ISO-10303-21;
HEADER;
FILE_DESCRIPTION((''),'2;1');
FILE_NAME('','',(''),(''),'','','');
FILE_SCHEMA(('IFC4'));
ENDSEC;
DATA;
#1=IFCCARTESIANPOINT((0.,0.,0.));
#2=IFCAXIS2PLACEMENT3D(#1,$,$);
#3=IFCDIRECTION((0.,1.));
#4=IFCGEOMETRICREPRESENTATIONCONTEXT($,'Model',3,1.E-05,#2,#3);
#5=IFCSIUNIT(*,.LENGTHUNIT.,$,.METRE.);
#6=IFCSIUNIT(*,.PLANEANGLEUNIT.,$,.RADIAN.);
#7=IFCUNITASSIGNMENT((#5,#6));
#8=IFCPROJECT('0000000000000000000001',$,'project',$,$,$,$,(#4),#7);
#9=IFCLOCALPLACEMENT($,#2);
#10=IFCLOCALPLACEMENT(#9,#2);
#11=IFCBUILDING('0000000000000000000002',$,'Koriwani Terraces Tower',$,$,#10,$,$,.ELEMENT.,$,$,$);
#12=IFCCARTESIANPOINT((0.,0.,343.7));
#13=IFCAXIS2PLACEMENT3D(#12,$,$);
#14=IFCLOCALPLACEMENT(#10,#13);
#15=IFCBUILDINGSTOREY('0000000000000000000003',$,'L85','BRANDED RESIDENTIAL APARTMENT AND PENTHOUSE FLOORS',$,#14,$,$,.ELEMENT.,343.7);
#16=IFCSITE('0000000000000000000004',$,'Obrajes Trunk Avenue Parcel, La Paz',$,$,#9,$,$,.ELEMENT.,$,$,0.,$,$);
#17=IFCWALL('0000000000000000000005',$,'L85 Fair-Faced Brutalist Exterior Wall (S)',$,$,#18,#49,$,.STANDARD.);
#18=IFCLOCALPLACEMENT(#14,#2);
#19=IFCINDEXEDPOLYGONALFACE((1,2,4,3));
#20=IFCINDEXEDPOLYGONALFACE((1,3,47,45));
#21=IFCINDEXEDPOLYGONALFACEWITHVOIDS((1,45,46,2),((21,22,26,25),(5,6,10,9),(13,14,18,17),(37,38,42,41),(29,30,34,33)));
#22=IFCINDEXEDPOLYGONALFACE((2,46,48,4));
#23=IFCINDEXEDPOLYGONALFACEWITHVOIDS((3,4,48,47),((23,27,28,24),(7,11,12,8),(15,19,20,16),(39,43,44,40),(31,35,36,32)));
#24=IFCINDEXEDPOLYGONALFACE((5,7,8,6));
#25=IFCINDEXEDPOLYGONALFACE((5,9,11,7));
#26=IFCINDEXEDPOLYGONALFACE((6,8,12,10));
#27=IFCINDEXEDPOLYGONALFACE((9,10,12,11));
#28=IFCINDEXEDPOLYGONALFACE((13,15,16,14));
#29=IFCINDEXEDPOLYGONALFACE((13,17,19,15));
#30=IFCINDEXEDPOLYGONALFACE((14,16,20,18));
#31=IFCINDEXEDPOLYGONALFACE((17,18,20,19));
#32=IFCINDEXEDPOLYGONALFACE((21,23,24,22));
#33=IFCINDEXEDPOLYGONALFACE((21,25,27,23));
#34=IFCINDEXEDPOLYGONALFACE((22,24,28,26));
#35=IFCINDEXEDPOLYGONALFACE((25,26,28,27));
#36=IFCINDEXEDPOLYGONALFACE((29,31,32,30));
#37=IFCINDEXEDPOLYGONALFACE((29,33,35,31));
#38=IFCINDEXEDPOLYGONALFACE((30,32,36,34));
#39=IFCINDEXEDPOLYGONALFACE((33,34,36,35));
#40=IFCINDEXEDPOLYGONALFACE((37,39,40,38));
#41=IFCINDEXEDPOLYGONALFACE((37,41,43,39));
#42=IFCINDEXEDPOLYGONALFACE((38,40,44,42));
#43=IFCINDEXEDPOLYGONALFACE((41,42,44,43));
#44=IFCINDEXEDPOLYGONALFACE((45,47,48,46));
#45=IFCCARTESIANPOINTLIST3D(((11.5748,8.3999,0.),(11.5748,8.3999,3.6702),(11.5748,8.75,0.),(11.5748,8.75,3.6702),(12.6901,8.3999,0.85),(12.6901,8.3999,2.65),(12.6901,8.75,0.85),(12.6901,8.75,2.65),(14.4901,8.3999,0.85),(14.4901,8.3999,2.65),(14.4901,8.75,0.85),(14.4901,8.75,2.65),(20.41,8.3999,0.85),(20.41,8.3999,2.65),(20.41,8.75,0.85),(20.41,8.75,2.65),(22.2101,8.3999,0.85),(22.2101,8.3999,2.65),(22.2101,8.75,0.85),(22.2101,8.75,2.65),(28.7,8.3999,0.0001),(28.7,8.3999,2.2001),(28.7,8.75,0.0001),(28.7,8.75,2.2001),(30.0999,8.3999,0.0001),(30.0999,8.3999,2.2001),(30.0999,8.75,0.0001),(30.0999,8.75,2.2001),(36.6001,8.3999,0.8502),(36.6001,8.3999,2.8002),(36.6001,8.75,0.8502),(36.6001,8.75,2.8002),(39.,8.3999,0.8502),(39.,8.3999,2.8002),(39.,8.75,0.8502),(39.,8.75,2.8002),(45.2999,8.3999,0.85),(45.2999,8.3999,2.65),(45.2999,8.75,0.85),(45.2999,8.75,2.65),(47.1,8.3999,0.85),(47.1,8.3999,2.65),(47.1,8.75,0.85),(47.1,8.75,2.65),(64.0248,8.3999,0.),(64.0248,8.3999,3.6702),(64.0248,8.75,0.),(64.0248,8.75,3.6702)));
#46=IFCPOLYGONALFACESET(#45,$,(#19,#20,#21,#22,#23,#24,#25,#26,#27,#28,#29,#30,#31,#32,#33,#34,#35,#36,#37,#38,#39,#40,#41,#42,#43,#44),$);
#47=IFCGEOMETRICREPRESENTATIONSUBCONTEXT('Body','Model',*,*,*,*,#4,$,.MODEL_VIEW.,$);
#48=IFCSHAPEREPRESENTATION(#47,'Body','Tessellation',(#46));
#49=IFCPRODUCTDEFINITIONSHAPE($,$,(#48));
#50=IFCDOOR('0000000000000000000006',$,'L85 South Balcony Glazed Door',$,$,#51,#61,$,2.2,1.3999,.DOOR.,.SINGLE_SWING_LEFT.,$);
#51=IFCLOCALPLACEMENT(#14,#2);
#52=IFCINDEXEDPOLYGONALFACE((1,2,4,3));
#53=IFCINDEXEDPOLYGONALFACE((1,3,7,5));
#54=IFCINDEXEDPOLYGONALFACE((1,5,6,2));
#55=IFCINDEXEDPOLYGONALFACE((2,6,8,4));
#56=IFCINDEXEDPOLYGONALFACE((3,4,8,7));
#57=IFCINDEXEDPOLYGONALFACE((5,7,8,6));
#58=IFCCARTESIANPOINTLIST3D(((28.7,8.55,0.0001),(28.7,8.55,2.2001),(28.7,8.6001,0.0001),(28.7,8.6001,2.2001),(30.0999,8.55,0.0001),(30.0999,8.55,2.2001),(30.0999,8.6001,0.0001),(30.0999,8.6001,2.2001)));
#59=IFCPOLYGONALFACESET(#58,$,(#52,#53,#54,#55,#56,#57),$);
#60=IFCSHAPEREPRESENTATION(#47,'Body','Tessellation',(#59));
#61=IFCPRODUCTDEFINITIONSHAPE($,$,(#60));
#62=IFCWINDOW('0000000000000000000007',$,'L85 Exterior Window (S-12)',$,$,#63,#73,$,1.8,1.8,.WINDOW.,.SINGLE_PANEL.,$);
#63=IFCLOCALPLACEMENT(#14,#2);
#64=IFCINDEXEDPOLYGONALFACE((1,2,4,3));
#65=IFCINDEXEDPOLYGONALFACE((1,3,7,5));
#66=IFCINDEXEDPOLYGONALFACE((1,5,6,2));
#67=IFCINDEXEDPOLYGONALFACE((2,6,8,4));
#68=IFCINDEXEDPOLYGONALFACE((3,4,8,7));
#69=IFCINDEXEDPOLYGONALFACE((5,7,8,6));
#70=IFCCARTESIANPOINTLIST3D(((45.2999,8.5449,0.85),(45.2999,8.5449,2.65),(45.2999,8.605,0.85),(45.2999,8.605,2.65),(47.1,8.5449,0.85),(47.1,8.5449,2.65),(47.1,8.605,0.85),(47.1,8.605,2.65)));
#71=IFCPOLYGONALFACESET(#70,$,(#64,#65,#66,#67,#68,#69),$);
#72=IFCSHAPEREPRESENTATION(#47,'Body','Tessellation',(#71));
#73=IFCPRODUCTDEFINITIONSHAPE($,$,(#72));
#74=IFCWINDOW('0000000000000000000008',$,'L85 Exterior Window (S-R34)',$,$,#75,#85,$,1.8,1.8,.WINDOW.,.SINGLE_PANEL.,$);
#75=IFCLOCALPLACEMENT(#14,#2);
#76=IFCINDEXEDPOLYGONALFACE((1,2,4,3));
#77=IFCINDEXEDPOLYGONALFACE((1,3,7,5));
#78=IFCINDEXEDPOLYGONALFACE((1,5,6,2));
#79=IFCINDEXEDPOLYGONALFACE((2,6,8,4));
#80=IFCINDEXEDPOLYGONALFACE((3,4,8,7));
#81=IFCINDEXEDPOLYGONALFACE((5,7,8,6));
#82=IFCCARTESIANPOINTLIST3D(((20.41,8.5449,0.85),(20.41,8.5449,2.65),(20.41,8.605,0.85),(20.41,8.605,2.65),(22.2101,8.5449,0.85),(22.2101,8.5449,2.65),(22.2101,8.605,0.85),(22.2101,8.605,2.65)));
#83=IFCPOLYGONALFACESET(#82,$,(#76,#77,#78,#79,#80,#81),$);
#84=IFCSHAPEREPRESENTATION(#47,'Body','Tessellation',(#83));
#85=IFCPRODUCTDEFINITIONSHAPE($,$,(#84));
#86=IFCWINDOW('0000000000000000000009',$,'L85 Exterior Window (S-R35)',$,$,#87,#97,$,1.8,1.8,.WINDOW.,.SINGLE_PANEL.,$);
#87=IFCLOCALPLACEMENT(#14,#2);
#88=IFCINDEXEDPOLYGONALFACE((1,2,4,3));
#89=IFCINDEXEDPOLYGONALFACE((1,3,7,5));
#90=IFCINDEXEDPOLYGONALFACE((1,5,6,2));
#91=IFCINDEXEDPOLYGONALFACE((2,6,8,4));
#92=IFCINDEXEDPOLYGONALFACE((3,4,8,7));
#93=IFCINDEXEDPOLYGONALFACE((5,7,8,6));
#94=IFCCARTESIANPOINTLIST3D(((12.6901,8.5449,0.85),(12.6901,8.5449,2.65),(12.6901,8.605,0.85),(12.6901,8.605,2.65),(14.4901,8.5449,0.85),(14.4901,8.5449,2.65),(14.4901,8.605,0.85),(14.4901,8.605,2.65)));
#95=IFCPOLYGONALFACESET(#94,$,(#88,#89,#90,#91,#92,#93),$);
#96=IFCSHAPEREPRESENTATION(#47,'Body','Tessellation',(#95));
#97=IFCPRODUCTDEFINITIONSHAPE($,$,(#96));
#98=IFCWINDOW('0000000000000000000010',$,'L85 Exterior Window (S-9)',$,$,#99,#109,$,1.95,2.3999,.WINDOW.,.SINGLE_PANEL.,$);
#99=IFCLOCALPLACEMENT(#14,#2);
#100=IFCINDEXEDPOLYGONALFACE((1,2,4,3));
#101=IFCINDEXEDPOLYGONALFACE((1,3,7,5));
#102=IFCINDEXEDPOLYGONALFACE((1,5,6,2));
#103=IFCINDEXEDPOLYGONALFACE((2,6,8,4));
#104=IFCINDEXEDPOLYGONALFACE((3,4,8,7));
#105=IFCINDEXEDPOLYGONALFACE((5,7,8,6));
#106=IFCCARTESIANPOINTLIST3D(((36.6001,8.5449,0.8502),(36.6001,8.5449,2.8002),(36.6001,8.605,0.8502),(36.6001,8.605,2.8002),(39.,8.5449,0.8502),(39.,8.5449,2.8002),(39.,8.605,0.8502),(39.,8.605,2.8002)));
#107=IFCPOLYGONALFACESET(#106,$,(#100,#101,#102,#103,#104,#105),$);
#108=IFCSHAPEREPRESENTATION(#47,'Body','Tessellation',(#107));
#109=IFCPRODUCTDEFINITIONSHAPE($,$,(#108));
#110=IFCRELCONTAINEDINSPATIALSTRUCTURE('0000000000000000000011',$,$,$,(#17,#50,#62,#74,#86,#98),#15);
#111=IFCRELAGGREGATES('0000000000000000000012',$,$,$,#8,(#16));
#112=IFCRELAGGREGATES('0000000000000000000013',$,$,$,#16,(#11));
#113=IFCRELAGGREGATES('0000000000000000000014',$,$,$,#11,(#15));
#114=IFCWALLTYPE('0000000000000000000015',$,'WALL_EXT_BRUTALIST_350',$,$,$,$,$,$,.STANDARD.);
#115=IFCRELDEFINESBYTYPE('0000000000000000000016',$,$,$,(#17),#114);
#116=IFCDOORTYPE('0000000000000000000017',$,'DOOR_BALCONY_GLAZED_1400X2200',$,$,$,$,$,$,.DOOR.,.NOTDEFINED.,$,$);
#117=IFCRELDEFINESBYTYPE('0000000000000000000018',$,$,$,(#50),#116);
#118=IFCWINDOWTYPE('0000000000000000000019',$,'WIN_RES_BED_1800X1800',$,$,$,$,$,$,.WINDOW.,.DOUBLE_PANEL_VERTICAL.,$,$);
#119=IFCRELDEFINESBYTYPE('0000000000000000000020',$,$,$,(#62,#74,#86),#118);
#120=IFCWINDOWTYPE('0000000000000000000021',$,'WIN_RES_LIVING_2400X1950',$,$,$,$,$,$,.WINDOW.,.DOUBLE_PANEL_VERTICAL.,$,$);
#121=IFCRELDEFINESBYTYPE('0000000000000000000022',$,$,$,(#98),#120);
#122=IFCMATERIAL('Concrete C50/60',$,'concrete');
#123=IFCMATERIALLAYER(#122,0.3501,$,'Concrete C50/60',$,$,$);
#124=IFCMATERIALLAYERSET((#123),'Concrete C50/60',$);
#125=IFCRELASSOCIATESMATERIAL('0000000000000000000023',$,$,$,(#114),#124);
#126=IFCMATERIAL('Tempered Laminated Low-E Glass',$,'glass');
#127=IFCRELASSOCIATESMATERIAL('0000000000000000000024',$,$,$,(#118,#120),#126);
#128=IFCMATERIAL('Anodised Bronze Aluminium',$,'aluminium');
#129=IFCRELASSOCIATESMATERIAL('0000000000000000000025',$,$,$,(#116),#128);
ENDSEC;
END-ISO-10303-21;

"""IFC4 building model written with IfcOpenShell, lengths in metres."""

from ifc_helpers import new_model, si_unit, direction, frame, frame_2d, origin, place, context, subcontext, project, spatial, rectangle, extrude, material, layer, layer_set, type_object, element, fill, save


model = new_model("IFC4")

# Units and contexts
model_context = context("Model", 3, precision=1e-05, world=origin(), true_north=direction((0.0, 1.0)))
body_context = subcontext(model_context, "Body", "Model", "MODEL_VIEW")
ifc_project = project(units=[si_unit("LENGTHUNIT", "METRE"), si_unit("PLANEANGLEUNIT", "RADIAN")], contexts=[model_context])

# Site, building, storey
site_placement = place(None, origin())
site = spatial("IfcSite", under=ifc_project, at=site_placement, Name="Obrajes Trunk Avenue Parcel, La Paz", CompositionType="ELEMENT", RefElevation=0.0)
building_placement = place(site_placement, origin())
building = spatial("IfcBuilding", under=site, at=building_placement, Name="Koriwani Terraces Tower", CompositionType="ELEMENT")
storey_placement = place(building_placement, frame((0.0, 0.0, 343.7)))
storey = spatial("IfcBuildingStorey", under=building, at=storey_placement, Name="L85", Description="BRANDED RESIDENTIAL APARTMENT AND PENTHOUSE FLOORS", CompositionType="ELEMENT", Elevation=343.7)

# Shared definitions
ifc_material_1 = material(Name="Concrete C50/60", Category="concrete")

# Shared definitions
ifc_layer_1 = layer(ifc_material_1, 0.3501, Name="Concrete C50/60")
ifc_layer_set_1 = layer_set([ifc_layer_1], Name="Concrete C50/60")
wall_type_1 = type_object("IfcWallType", Name="WALL_EXT_BRUTALIST_350", PredefinedType="STANDARD", material=ifc_layer_set_1)
ifc_material_2 = material(Name="Tempered Laminated Low-E Glass", Category="glass")
window_type_1 = type_object("IfcWindowType", Name="WIN_RES_BED_1800X1800", PartitioningType="DOUBLE_PANEL_VERTICAL", PredefinedType="WINDOW", material=ifc_material_2)

# Wall, openings, door, windows
wall_1_placement = place(storey_placement, frame((64.0249, 8.575, 0.0), z_axis=(0.0, 0.0, 1.0), x_axis=(-1.0, 0.0, 0.0)))
wall_1 = element("IfcWall", 1, at=wall_1_placement, inside=storey, type_object=wall_type_1, Name="L85 Fair-Faced Brutalist Exterior Wall (S)", PredefinedType="STANDARD", context=body_context, shape_type="SweptSolid", body=[
    extrude(rectangle(XDim=52.45, YDim=0.3501, at=frame_2d((26.2251, 0.0))), origin(), (0.0, 0.0, 1.0), 3.6702),
])
opening_1_placement = place(wall_1_placement, frame((33.925, 0.0, 0.0)))
opening_1 = element("IfcOpeningElement", 2, at=opening_1_placement, cuts=wall_1, PredefinedType="OPENING", context=body_context, shape_type="SweptSolid", body=[
    extrude(rectangle(XDim=1.3999, YDim=2.2, at=frame_2d((0.7, 1.1001))), frame((0.0, 0.1851, 0.0), z_axis=(0.0, -1.0, 0.0), x_axis=(1.0, 0.0, 0.0)), (0.0, 0.0, 1.0), 0.3701),
])
opening_2_placement = place(wall_1_placement, frame((25.0249, 0.0, 0.8501)))
opening_2 = element("IfcOpeningElement", 3, at=opening_2_placement, cuts=wall_1, PredefinedType="OPENING", context=body_context, shape_type="SweptSolid", body=[
    extrude(rectangle(XDim=2.3999, YDim=1.95, at=frame_2d((1.2, 0.9751))), frame((0.0, 0.1851, 0.0), z_axis=(0.0, -1.0, 0.0), x_axis=(1.0, 0.0, 0.0)), (0.0, 0.0, 1.0), 0.3701),
])
opening_3_placement = place(wall_1_placement, frame((16.925, 0.0, 0.8501)))
opening_3 = element("IfcOpeningElement", 4, at=opening_3_placement, cuts=wall_1, PredefinedType="OPENING", context=body_context, shape_type="SweptSolid", body=[
    extrude(rectangle(XDim=1.8, YDim=1.8, at=frame_2d((0.8999, 0.8999))), frame((0.0, 0.1851, 0.0), z_axis=(0.0, -1.0, 0.0), x_axis=(1.0, 0.0, 0.0)), (0.0, 0.0, 1.0), 0.3701),
])
opening_4_placement = place(wall_1_placement, frame((41.8149, 0.0, 0.8501)))
opening_4 = element("IfcOpeningElement", 5, at=opening_4_placement, cuts=wall_1, PredefinedType="OPENING", context=body_context, shape_type="SweptSolid", body=[
    extrude(rectangle(XDim=1.8, YDim=1.8, at=frame_2d((0.8999, 0.8999))), frame((0.0, 0.1851, 0.0), z_axis=(0.0, -1.0, 0.0), x_axis=(1.0, 0.0, 0.0)), (0.0, 0.0, 1.0), 0.3701),
])
opening_5_placement = place(wall_1_placement, frame((49.5349, 0.0, 0.8501)))
opening_5 = element("IfcOpeningElement", 6, at=opening_5_placement, cuts=wall_1, PredefinedType="OPENING", context=body_context, shape_type="SweptSolid", body=[
    extrude(rectangle(XDim=1.8, YDim=1.8, at=frame_2d((0.8999, 0.8999))), frame((0.0, 0.1851, 0.0), z_axis=(0.0, -1.0, 0.0), x_axis=(1.0, 0.0, 0.0)), (0.0, 0.0, 1.0), 0.3701),
])
ifc_material_3 = material(Name="Anodised Bronze Aluminium", Category="aluminium")
door_type_1 = type_object("IfcDoorType", Name="DOOR_BALCONY_GLAZED_1400X2200", OperationType="NOTDEFINED", PredefinedType="DOOR", material=ifc_material_3)
door_1_placement = place(opening_1_placement, origin())
door_1 = element("IfcDoor", 7, at=door_1_placement, inside=storey, type_object=door_type_1, Name="L85 South Balcony Glazed Door", OperationType="SINGLE_SWING_LEFT", OverallHeight=2.2, OverallWidth=1.3999, PredefinedType="DOOR", context=body_context, shape_type="SweptSolid", body=[
    extrude(rectangle(XDim=1.3999, YDim=2.2, at=frame_2d((0.7, 1.1001))), frame((0.0, 0.0249, 0.0), z_axis=(0.0, -1.0, 0.0), x_axis=(1.0, 0.0, 0.0)), (0.0, 0.0, 1.0), 0.05),
])
fill(opening_1, door_1)
window_1_placement = place(opening_3_placement, origin())
window_1 = element("IfcWindow", 8, at=window_1_placement, inside=storey, type_object=window_type_1, Name="L85 Exterior Window (S-12)", OverallHeight=1.8, OverallWidth=1.8, PartitioningType="SINGLE_PANEL", PredefinedType="WINDOW", context=body_context, shape_type="SweptSolid", body=[
    extrude(rectangle(XDim=1.8, YDim=1.8, at=frame_2d((0.8999, 0.8999))), frame((0.0, 0.03, 0.0), z_axis=(0.0, -1.0, 0.0), x_axis=(1.0, 0.0, 0.0)), (0.0, 0.0, 1.0), 0.0601),
])
fill(opening_3, window_1)
window_2_placement = place(opening_4_placement, origin())
window_2 = element("IfcWindow", 9, at=window_2_placement, inside=storey, type_object=window_type_1, Name="L85 Exterior Window (S-R34)", OverallHeight=1.8, OverallWidth=1.8, PartitioningType="SINGLE_PANEL", PredefinedType="WINDOW", context=body_context, shape_type="SweptSolid", body=[
    extrude(rectangle(XDim=1.8, YDim=1.8, at=frame_2d((0.8999, 0.8999))), frame((0.0, 0.03, 0.0), z_axis=(0.0, -1.0, 0.0), x_axis=(1.0, 0.0, 0.0)), (0.0, 0.0, 1.0), 0.0601),
])
fill(opening_4, window_2)
window_3_placement = place(opening_5_placement, origin())
window_3 = element("IfcWindow", 10, at=window_3_placement, inside=storey, type_object=window_type_1, Name="L85 Exterior Window (S-R35)", OverallHeight=1.8, OverallWidth=1.8, PartitioningType="SINGLE_PANEL", PredefinedType="WINDOW", context=body_context, shape_type="SweptSolid", body=[
    extrude(rectangle(XDim=1.8, YDim=1.8, at=frame_2d((0.8999, 0.8999))), frame((0.0, 0.03, 0.0), z_axis=(0.0, -1.0, 0.0), x_axis=(1.0, 0.0, 0.0)), (0.0, 0.0, 1.0), 0.0601),
])
fill(opening_5, window_3)
window_type_2 = type_object("IfcWindowType", Name="WIN_RES_LIVING_2400X1950", PartitioningType="DOUBLE_PANEL_VERTICAL", PredefinedType="WINDOW", material=ifc_material_2)
window_4_placement = place(opening_2_placement, origin())
window_4 = element("IfcWindow", 11, at=window_4_placement, inside=storey, type_object=window_type_2, Name="L85 Exterior Window (S-9)", OverallHeight=1.95, OverallWidth=2.3999, PartitioningType="SINGLE_PANEL", PredefinedType="WINDOW", context=body_context, shape_type="SweptSolid", body=[
    extrude(rectangle(XDim=2.3999, YDim=1.95, at=frame_2d((1.2, 0.9751))), frame((0.0, 0.03, 0.0), z_axis=(0.0, -1.0, 0.0), x_axis=(1.0, 0.0, 0.0)), (0.0, 0.0, 1.0), 0.0601),
])
fill(opening_2, window_4)

save(model, "model.ifc")
